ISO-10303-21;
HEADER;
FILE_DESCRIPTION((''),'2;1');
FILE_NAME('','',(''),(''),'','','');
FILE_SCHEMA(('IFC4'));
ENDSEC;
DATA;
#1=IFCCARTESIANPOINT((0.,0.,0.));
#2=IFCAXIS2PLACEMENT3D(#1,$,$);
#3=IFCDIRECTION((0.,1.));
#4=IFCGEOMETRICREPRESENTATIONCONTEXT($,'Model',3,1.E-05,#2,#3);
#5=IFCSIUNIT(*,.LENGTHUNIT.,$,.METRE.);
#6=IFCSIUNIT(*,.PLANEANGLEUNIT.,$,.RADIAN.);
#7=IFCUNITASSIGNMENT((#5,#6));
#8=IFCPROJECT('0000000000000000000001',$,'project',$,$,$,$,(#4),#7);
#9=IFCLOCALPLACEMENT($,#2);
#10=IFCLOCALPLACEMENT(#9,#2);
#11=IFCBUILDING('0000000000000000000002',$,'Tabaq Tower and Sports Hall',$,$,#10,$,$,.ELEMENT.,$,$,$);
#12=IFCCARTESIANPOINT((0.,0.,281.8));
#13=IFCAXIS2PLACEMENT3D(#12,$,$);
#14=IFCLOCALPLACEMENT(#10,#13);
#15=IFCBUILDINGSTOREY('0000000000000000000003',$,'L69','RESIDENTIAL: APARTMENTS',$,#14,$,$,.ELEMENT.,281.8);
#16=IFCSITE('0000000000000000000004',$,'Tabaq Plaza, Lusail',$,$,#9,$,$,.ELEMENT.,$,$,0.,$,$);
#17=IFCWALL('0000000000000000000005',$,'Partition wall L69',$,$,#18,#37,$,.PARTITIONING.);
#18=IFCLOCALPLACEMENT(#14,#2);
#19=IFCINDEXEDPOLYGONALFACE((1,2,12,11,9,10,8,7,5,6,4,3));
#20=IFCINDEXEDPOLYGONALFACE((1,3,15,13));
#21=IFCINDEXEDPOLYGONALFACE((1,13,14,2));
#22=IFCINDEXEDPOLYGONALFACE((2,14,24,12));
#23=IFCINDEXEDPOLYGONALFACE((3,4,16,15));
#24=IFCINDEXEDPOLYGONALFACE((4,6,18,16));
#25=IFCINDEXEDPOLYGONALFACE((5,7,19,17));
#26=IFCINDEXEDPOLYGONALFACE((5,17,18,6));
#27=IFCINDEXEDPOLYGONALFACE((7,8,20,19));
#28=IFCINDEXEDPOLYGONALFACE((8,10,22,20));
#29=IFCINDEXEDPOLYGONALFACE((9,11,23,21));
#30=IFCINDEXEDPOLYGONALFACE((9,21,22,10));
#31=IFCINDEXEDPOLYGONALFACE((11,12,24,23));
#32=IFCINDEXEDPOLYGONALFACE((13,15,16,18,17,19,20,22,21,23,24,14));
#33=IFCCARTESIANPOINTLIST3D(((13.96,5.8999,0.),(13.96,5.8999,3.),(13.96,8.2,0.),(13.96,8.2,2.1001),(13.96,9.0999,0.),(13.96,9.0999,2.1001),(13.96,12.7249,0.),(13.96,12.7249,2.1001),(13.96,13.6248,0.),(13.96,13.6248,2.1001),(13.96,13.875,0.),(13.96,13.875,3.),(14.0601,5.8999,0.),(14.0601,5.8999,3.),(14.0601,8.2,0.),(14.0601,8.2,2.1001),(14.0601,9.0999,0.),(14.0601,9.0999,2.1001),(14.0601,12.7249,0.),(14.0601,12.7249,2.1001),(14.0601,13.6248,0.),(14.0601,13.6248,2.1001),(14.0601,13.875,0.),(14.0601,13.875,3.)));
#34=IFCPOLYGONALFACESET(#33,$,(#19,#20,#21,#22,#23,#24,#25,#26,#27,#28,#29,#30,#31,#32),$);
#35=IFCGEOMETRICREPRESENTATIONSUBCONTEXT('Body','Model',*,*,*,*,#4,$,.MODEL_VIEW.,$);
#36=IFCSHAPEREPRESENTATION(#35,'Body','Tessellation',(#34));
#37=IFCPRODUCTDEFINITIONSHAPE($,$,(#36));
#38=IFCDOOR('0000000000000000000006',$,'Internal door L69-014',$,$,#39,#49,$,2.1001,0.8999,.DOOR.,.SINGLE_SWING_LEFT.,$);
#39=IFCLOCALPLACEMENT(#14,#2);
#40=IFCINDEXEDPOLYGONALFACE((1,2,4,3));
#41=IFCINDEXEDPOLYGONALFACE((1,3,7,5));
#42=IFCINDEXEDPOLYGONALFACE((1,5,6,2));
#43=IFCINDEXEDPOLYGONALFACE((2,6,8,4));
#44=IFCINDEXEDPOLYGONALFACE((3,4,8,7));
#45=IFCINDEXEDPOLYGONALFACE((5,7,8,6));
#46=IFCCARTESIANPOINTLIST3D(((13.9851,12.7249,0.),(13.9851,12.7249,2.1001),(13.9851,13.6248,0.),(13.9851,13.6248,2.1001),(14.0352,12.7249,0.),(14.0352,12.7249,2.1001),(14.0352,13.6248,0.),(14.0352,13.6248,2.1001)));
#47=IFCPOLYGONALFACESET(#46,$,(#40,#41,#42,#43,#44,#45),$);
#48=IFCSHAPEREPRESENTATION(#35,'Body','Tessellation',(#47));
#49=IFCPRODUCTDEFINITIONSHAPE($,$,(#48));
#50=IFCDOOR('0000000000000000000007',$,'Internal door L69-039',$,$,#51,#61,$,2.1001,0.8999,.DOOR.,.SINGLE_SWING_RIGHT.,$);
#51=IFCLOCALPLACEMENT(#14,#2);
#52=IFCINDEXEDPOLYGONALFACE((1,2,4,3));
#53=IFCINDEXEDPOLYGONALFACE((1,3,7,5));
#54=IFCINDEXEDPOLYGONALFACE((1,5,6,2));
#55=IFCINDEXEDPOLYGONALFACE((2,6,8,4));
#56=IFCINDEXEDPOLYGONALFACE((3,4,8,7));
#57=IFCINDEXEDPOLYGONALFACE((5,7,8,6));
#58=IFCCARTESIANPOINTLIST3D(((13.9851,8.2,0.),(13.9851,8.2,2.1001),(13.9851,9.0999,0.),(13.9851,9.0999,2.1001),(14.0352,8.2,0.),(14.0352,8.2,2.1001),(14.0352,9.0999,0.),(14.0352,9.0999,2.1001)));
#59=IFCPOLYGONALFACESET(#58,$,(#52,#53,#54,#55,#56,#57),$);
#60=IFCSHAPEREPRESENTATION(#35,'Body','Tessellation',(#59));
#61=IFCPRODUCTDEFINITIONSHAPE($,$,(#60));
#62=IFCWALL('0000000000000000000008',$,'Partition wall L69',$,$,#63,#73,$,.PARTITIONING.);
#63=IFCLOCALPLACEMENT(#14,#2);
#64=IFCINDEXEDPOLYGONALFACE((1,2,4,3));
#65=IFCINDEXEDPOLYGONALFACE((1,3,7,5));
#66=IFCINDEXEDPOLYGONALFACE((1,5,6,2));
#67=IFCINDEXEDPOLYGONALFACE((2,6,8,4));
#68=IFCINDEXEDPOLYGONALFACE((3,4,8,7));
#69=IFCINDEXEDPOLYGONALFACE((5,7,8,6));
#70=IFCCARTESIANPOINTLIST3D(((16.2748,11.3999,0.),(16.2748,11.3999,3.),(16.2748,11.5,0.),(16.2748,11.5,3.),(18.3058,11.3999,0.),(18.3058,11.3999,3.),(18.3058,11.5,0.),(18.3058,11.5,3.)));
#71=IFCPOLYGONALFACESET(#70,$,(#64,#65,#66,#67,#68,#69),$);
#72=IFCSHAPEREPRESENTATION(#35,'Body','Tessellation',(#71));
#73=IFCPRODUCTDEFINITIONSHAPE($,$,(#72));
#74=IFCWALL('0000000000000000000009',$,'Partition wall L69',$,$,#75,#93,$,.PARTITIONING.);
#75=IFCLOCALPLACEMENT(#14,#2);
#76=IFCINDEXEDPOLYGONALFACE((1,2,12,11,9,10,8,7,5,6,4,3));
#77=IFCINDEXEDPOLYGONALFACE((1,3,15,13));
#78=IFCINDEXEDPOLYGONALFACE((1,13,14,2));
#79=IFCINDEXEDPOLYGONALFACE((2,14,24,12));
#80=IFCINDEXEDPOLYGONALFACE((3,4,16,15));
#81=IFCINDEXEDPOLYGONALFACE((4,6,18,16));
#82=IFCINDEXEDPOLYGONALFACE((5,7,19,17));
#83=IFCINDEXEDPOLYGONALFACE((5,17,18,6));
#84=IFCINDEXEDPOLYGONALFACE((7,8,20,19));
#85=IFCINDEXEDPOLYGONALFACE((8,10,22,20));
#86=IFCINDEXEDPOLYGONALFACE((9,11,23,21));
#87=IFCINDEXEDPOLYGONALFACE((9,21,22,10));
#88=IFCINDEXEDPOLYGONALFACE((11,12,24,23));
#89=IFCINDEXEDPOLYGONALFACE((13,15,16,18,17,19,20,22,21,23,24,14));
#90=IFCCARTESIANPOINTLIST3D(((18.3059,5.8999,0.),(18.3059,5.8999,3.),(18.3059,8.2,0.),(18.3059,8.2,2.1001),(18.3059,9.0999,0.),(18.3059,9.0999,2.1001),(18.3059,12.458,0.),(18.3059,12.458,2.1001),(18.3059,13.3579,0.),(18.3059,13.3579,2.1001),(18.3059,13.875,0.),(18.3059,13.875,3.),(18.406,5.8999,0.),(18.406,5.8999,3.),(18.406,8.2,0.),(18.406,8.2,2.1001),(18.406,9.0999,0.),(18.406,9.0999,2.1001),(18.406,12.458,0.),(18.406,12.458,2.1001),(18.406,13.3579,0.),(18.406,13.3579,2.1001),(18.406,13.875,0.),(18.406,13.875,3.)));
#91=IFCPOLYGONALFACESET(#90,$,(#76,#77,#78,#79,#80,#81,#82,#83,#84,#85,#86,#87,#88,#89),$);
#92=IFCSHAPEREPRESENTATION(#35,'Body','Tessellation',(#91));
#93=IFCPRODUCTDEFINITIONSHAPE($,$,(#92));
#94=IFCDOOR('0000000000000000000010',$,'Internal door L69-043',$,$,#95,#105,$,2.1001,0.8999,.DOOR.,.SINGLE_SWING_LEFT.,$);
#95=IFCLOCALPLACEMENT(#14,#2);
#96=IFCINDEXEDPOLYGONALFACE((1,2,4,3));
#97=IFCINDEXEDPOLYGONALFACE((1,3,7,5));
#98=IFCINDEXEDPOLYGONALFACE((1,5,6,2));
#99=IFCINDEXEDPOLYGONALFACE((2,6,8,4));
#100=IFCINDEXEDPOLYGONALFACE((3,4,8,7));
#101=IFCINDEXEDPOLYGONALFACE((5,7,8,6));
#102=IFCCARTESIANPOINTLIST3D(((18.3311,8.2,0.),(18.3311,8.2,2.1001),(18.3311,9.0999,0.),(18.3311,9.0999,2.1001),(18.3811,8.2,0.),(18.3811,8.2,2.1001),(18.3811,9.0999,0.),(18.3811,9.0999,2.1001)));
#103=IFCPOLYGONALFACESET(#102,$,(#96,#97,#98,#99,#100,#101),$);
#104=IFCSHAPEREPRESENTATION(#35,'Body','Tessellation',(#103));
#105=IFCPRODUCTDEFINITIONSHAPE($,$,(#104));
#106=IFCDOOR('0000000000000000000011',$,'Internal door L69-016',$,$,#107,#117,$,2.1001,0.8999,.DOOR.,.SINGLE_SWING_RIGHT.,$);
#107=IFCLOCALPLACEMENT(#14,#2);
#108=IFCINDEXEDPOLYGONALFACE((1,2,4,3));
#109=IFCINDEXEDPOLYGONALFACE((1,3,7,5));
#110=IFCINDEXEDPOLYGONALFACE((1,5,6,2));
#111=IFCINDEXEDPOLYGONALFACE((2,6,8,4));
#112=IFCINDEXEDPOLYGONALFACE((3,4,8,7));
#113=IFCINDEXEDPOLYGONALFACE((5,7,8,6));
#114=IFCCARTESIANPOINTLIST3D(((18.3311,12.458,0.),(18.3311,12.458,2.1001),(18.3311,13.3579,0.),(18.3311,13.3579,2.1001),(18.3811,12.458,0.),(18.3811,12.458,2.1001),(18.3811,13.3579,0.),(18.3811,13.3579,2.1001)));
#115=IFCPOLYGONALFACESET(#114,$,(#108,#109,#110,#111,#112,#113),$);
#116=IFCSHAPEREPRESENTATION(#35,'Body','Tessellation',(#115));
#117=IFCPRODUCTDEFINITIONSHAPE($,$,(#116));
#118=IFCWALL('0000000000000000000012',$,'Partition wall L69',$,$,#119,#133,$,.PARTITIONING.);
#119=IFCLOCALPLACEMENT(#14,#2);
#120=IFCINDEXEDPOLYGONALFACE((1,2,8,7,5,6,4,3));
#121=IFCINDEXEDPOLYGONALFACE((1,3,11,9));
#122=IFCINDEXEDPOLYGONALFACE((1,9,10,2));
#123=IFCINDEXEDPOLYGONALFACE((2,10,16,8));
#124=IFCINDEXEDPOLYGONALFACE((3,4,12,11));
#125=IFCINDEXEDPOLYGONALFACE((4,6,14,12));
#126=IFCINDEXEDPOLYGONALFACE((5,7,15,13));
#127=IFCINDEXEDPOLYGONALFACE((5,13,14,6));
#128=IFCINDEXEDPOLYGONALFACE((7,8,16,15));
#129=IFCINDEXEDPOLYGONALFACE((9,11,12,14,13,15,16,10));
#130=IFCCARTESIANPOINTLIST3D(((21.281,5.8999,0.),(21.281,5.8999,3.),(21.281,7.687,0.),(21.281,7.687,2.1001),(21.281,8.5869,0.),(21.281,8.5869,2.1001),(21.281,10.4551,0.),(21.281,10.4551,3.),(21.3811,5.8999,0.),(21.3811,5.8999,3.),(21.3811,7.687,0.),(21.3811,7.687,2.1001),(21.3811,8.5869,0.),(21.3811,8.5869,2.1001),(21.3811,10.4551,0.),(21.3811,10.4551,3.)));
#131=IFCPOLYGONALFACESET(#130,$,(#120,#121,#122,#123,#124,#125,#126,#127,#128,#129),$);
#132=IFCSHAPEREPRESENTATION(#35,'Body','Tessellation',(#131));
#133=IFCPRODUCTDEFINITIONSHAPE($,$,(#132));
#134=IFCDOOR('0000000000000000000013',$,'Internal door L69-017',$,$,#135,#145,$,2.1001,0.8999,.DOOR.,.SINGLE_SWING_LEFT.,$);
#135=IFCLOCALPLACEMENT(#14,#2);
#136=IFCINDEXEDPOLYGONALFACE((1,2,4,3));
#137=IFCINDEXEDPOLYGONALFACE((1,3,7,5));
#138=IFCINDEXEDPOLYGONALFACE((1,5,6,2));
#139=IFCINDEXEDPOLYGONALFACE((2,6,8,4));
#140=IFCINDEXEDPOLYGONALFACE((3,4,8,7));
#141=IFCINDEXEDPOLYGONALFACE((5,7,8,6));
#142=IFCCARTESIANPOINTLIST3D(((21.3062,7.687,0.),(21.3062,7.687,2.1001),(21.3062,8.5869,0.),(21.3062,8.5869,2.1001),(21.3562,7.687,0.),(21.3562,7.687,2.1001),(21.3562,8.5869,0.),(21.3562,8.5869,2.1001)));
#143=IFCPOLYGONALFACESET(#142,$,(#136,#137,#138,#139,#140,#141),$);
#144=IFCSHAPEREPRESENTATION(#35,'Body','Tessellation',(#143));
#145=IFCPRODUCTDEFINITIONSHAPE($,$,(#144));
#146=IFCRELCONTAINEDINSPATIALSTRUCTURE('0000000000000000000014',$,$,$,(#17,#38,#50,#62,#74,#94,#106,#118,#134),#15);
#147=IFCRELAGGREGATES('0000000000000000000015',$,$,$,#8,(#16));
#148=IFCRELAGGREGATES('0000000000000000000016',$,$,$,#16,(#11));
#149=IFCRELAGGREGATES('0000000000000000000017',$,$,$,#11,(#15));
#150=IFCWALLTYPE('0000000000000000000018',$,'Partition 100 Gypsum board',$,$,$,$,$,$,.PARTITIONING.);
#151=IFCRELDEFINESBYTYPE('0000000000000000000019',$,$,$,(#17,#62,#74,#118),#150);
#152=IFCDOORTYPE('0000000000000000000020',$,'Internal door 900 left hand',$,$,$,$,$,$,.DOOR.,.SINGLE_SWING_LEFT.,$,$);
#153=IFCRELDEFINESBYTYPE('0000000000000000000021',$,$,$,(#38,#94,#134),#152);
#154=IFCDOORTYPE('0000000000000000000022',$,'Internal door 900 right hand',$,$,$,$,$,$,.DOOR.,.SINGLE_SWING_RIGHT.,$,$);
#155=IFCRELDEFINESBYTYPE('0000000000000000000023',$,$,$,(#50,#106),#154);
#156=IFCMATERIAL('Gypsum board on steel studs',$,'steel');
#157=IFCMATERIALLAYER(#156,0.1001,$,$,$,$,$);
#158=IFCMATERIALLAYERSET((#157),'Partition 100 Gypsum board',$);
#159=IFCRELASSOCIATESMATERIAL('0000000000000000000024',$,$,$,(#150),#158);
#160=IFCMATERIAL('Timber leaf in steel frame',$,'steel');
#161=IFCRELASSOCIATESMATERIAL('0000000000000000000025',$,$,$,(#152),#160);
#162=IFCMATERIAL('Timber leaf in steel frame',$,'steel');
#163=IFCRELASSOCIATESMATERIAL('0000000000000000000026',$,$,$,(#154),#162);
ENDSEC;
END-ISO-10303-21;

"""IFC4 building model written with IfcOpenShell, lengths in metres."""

from ifc_helpers import new_model, si_unit, direction, frame, frame_2d, origin, place, context, subcontext, project, spatial, rectangle, extrude, material, layer, layer_set, type_object, element, fill, save


model = new_model("IFC4")

# Units and contexts
model_context = context("Model", 3, precision=1e-05, world=origin(), true_north=direction((0.0, 1.0)))
body_context = subcontext(model_context, "Body", "Model", "MODEL_VIEW")
ifc_project = project(units=[si_unit("LENGTHUNIT", "METRE"), si_unit("PLANEANGLEUNIT", "RADIAN")], contexts=[model_context])

# Site, building, storey
site_placement = place(None, origin())
site = spatial("IfcSite", under=ifc_project, at=site_placement, Name="Tabaq Plaza, Lusail", CompositionType="ELEMENT", RefElevation=0.0)
building_placement = place(site_placement, origin())
building = spatial("IfcBuilding", under=site, at=building_placement, Name="Tabaq Tower and Sports Hall", CompositionType="ELEMENT")
storey_placement = place(building_placement, frame((0.0, 0.0, 281.8)))
storey = spatial("IfcBuildingStorey", under=building, at=storey_placement, Name="L69", Description="RESIDENTIAL: APARTMENTS", CompositionType="ELEMENT", Elevation=281.8)

# Shared definitions
ifc_material_1 = material(Name="Gypsum board on steel studs", Category="steel")
ifc_layer_1 = layer(ifc_material_1, 0.1001)
ifc_layer_set_1 = layer_set([ifc_layer_1], Name="Partition 100 Gypsum board")
wall_type_1 = type_object("IfcWallType", Name="Partition 100 Gypsum board", PredefinedType="PARTITIONING", material=ifc_layer_set_1)

# Wall, openings, doors
wall_1_placement = place(storey_placement, frame((14.01, 5.8999, 0.0), z_axis=(0.0, 0.0, 1.0), x_axis=(0.0, 1.0, 0.0)))
wall_1 = element("IfcWall", 1, at=wall_1_placement, inside=storey, type_object=wall_type_1, Name="Partition wall L69", PredefinedType="PARTITIONING", context=body_context, shape_type="SweptSolid", body=[
    extrude(rectangle(XDim=7.9751, YDim=0.1001, at=frame_2d((3.9875, 0.0))), origin(), (0.0, 0.0, 1.0), 3.0),
])
opening_1_placement = place(wall_1_placement, frame((6.825, 0.0, 0.0)))
opening_1 = element("IfcOpeningElement", 2, at=opening_1_placement, cuts=wall_1, PredefinedType="OPENING", context=body_context, shape_type="SweptSolid", body=[
    extrude(rectangle(XDim=0.8999, YDim=2.1001, at=frame_2d((0.45, 1.05))), frame((0.0, 0.05, 0.0), z_axis=(0.0, -1.0, 0.0), x_axis=(1.0, 0.0, 0.0)), (0.0, 0.0, 1.0), 0.1001),
])
opening_2_placement = place(wall_1_placement, frame((2.3, 0.0, 0.0)))
opening_2 = element("IfcOpeningElement", 3, at=opening_2_placement, cuts=wall_1, PredefinedType="OPENING", context=body_context, shape_type="SweptSolid", body=[
    extrude(rectangle(XDim=0.8999, YDim=2.1001, at=frame_2d((0.45, 1.05))), frame((0.0, 0.05, 0.0), z_axis=(0.0, -1.0, 0.0), x_axis=(1.0, 0.0, 0.0)), (0.0, 0.0, 1.0), 0.1001),
])
ifc_material_2 = material(Name="Timber leaf in steel frame", Category="steel")
door_type_1 = type_object("IfcDoorType", Name="Internal door 900 left hand", OperationType="SINGLE_SWING_LEFT", PredefinedType="DOOR", material=ifc_material_2)
door_1_placement = place(opening_1_placement, origin())
door_1 = element("IfcDoor", 4, at=door_1_placement, inside=storey, type_object=door_type_1, Name="Internal door L69-014", OperationType="SINGLE_SWING_LEFT", OverallHeight=2.1001, OverallWidth=0.8999, PredefinedType="DOOR", context=body_context, shape_type="SweptSolid", body=[
    extrude(rectangle(XDim=0.8999, YDim=2.1001, at=frame_2d((0.45, 1.05))), frame((0.0, 0.0249, 0.0), z_axis=(0.0, -1.0, 0.0), x_axis=(1.0, 0.0, 0.0)), (0.0, 0.0, 1.0), 0.05),
])
fill(opening_1, door_1)
ifc_material_3 = material(Name="Timber leaf in steel frame", Category="steel")
door_type_2 = type_object("IfcDoorType", Name="Internal door 900 right hand", OperationType="SINGLE_SWING_RIGHT", PredefinedType="DOOR", material=ifc_material_3)
door_2_placement = place(opening_2_placement, origin())
door_2 = element("IfcDoor", 5, at=door_2_placement, inside=storey, type_object=door_type_2, Name="Internal door L69-039", OperationType="SINGLE_SWING_RIGHT", OverallHeight=2.1001, OverallWidth=0.8999, PredefinedType="DOOR", context=body_context, shape_type="SweptSolid", body=[
    extrude(rectangle(XDim=0.8999, YDim=2.1001, at=frame_2d((0.45, 1.05))), frame((0.0, 0.0249, 0.0), z_axis=(0.0, -1.0, 0.0), x_axis=(1.0, 0.0, 0.0)), (0.0, 0.0, 1.0), 0.05),
])
fill(opening_2, door_2)

# Wall
wall_2_placement = place(storey_placement, frame((18.3059, 11.45, 0.0), z_axis=(0.0, 0.0, 1.0), x_axis=(-1.0, 0.0, 0.0)))
element("IfcWall", 6, at=wall_2_placement, inside=storey, type_object=wall_type_1, Name="Partition wall L69", PredefinedType="PARTITIONING", context=body_context, shape_type="SweptSolid", body=[
    extrude(rectangle(XDim=2.031, YDim=0.1001, at=frame_2d((1.0156, 0.0))), origin(), (0.0, 0.0, 1.0), 3.0),
])

# Wall, openings, doors
wall_3_placement = place(storey_placement, frame((18.356, 5.8999, 0.0), z_axis=(0.0, 0.0, 1.0), x_axis=(0.0, 1.0, 0.0)))
wall_3 = element("IfcWall", 7, at=wall_3_placement, inside=storey, type_object=wall_type_1, Name="Partition wall L69", PredefinedType="PARTITIONING", context=body_context, shape_type="SweptSolid", body=[
    extrude(rectangle(XDim=7.9751, YDim=0.1001, at=frame_2d((3.9875, 0.0))), origin(), (0.0, 0.0, 1.0), 3.0),
])
opening_3_placement = place(wall_3_placement, frame((6.5581, 0.0, 0.0)))
opening_3 = element("IfcOpeningElement", 8, at=opening_3_placement, cuts=wall_3, PredefinedType="OPENING", context=body_context, shape_type="SweptSolid", body=[
    extrude(rectangle(XDim=0.8999, YDim=2.1001, at=frame_2d((0.45, 1.05))), frame((0.0, 0.05, 0.0), z_axis=(0.0, -1.0, 0.0), x_axis=(1.0, 0.0, 0.0)), (0.0, 0.0, 1.0), 0.1001),
])
opening_4_placement = place(wall_3_placement, frame((2.3, 0.0, 0.0)))
opening_4 = element("IfcOpeningElement", 9, at=opening_4_placement, cuts=wall_3, PredefinedType="OPENING", context=body_context, shape_type="SweptSolid", body=[
    extrude(rectangle(XDim=0.8999, YDim=2.1001, at=frame_2d((0.45, 1.05))), frame((0.0, 0.05, 0.0), z_axis=(0.0, -1.0, 0.0), x_axis=(1.0, 0.0, 0.0)), (0.0, 0.0, 1.0), 0.1001),
])
door_3_placement = place(opening_4_placement, origin())
door_3 = element("IfcDoor", 10, at=door_3_placement, inside=storey, type_object=door_type_1, Name="Internal door L69-043", OperationType="SINGLE_SWING_LEFT", OverallHeight=2.1001, OverallWidth=0.8999, PredefinedType="DOOR", context=body_context, shape_type="SweptSolid", body=[
    extrude(rectangle(XDim=0.8999, YDim=2.1001, at=frame_2d((0.45, 1.05))), frame((0.0, 0.0249, 0.0), z_axis=(0.0, -1.0, 0.0), x_axis=(1.0, 0.0, 0.0)), (0.0, 0.0, 1.0), 0.05),
])
fill(opening_4, door_3)
door_4_placement = place(opening_3_placement, origin())
door_4 = element("IfcDoor", 11, at=door_4_placement, inside=storey, type_object=door_type_2, Name="Internal door L69-016", OperationType="SINGLE_SWING_RIGHT", OverallHeight=2.1001, OverallWidth=0.8999, PredefinedType="DOOR", context=body_context, shape_type="SweptSolid", body=[
    extrude(rectangle(XDim=0.8999, YDim=2.1001, at=frame_2d((0.45, 1.05))), frame((0.0, 0.0249, 0.0), z_axis=(0.0, -1.0, 0.0), x_axis=(1.0, 0.0, 0.0)), (0.0, 0.0, 1.0), 0.05),
])
fill(opening_3, door_4)

# Wall, opening, door
wall_4_placement = place(storey_placement, frame((21.3311, 5.8999, 0.0), z_axis=(0.0, 0.0, 1.0), x_axis=(0.0, 1.0, 0.0)))
wall_4 = element("IfcWall", 12, at=wall_4_placement, inside=storey, type_object=wall_type_1, Name="Partition wall L69", PredefinedType="PARTITIONING", context=body_context, shape_type="SweptSolid", body=[
    extrude(rectangle(XDim=4.5552, YDim=0.1001, at=frame_2d((2.2776, 0.0))), origin(), (0.0, 0.0, 1.0), 3.0),
])
opening_5_placement = place(wall_4_placement, frame((1.7871, 0.0, 0.0)))
opening_5 = element("IfcOpeningElement", 13, at=opening_5_placement, cuts=wall_4, PredefinedType="OPENING", context=body_context, shape_type="SweptSolid", body=[
    extrude(rectangle(XDim=0.8999, YDim=2.1001, at=frame_2d((0.45, 1.05))), frame((0.0, 0.05, 0.0), z_axis=(0.0, -1.0, 0.0), x_axis=(1.0, 0.0, 0.0)), (0.0, 0.0, 1.0), 0.1001),
])
door_5_placement = place(opening_5_placement, origin())
door_5 = element("IfcDoor", 14, at=door_5_placement, inside=storey, type_object=door_type_1, Name="Internal door L69-017", OperationType="SINGLE_SWING_LEFT", OverallHeight=2.1001, OverallWidth=0.8999, PredefinedType="DOOR", context=body_context, shape_type="SweptSolid", body=[
    extrude(rectangle(XDim=0.8999, YDim=2.1001, at=frame_2d((0.45, 1.05))), frame((0.0, 0.0249, 0.0), z_axis=(0.0, -1.0, 0.0), x_axis=(1.0, 0.0, 0.0)), (0.0, 0.0, 1.0), 0.05),
])
fill(opening_5, door_5)

save(model, "model.ifc")
